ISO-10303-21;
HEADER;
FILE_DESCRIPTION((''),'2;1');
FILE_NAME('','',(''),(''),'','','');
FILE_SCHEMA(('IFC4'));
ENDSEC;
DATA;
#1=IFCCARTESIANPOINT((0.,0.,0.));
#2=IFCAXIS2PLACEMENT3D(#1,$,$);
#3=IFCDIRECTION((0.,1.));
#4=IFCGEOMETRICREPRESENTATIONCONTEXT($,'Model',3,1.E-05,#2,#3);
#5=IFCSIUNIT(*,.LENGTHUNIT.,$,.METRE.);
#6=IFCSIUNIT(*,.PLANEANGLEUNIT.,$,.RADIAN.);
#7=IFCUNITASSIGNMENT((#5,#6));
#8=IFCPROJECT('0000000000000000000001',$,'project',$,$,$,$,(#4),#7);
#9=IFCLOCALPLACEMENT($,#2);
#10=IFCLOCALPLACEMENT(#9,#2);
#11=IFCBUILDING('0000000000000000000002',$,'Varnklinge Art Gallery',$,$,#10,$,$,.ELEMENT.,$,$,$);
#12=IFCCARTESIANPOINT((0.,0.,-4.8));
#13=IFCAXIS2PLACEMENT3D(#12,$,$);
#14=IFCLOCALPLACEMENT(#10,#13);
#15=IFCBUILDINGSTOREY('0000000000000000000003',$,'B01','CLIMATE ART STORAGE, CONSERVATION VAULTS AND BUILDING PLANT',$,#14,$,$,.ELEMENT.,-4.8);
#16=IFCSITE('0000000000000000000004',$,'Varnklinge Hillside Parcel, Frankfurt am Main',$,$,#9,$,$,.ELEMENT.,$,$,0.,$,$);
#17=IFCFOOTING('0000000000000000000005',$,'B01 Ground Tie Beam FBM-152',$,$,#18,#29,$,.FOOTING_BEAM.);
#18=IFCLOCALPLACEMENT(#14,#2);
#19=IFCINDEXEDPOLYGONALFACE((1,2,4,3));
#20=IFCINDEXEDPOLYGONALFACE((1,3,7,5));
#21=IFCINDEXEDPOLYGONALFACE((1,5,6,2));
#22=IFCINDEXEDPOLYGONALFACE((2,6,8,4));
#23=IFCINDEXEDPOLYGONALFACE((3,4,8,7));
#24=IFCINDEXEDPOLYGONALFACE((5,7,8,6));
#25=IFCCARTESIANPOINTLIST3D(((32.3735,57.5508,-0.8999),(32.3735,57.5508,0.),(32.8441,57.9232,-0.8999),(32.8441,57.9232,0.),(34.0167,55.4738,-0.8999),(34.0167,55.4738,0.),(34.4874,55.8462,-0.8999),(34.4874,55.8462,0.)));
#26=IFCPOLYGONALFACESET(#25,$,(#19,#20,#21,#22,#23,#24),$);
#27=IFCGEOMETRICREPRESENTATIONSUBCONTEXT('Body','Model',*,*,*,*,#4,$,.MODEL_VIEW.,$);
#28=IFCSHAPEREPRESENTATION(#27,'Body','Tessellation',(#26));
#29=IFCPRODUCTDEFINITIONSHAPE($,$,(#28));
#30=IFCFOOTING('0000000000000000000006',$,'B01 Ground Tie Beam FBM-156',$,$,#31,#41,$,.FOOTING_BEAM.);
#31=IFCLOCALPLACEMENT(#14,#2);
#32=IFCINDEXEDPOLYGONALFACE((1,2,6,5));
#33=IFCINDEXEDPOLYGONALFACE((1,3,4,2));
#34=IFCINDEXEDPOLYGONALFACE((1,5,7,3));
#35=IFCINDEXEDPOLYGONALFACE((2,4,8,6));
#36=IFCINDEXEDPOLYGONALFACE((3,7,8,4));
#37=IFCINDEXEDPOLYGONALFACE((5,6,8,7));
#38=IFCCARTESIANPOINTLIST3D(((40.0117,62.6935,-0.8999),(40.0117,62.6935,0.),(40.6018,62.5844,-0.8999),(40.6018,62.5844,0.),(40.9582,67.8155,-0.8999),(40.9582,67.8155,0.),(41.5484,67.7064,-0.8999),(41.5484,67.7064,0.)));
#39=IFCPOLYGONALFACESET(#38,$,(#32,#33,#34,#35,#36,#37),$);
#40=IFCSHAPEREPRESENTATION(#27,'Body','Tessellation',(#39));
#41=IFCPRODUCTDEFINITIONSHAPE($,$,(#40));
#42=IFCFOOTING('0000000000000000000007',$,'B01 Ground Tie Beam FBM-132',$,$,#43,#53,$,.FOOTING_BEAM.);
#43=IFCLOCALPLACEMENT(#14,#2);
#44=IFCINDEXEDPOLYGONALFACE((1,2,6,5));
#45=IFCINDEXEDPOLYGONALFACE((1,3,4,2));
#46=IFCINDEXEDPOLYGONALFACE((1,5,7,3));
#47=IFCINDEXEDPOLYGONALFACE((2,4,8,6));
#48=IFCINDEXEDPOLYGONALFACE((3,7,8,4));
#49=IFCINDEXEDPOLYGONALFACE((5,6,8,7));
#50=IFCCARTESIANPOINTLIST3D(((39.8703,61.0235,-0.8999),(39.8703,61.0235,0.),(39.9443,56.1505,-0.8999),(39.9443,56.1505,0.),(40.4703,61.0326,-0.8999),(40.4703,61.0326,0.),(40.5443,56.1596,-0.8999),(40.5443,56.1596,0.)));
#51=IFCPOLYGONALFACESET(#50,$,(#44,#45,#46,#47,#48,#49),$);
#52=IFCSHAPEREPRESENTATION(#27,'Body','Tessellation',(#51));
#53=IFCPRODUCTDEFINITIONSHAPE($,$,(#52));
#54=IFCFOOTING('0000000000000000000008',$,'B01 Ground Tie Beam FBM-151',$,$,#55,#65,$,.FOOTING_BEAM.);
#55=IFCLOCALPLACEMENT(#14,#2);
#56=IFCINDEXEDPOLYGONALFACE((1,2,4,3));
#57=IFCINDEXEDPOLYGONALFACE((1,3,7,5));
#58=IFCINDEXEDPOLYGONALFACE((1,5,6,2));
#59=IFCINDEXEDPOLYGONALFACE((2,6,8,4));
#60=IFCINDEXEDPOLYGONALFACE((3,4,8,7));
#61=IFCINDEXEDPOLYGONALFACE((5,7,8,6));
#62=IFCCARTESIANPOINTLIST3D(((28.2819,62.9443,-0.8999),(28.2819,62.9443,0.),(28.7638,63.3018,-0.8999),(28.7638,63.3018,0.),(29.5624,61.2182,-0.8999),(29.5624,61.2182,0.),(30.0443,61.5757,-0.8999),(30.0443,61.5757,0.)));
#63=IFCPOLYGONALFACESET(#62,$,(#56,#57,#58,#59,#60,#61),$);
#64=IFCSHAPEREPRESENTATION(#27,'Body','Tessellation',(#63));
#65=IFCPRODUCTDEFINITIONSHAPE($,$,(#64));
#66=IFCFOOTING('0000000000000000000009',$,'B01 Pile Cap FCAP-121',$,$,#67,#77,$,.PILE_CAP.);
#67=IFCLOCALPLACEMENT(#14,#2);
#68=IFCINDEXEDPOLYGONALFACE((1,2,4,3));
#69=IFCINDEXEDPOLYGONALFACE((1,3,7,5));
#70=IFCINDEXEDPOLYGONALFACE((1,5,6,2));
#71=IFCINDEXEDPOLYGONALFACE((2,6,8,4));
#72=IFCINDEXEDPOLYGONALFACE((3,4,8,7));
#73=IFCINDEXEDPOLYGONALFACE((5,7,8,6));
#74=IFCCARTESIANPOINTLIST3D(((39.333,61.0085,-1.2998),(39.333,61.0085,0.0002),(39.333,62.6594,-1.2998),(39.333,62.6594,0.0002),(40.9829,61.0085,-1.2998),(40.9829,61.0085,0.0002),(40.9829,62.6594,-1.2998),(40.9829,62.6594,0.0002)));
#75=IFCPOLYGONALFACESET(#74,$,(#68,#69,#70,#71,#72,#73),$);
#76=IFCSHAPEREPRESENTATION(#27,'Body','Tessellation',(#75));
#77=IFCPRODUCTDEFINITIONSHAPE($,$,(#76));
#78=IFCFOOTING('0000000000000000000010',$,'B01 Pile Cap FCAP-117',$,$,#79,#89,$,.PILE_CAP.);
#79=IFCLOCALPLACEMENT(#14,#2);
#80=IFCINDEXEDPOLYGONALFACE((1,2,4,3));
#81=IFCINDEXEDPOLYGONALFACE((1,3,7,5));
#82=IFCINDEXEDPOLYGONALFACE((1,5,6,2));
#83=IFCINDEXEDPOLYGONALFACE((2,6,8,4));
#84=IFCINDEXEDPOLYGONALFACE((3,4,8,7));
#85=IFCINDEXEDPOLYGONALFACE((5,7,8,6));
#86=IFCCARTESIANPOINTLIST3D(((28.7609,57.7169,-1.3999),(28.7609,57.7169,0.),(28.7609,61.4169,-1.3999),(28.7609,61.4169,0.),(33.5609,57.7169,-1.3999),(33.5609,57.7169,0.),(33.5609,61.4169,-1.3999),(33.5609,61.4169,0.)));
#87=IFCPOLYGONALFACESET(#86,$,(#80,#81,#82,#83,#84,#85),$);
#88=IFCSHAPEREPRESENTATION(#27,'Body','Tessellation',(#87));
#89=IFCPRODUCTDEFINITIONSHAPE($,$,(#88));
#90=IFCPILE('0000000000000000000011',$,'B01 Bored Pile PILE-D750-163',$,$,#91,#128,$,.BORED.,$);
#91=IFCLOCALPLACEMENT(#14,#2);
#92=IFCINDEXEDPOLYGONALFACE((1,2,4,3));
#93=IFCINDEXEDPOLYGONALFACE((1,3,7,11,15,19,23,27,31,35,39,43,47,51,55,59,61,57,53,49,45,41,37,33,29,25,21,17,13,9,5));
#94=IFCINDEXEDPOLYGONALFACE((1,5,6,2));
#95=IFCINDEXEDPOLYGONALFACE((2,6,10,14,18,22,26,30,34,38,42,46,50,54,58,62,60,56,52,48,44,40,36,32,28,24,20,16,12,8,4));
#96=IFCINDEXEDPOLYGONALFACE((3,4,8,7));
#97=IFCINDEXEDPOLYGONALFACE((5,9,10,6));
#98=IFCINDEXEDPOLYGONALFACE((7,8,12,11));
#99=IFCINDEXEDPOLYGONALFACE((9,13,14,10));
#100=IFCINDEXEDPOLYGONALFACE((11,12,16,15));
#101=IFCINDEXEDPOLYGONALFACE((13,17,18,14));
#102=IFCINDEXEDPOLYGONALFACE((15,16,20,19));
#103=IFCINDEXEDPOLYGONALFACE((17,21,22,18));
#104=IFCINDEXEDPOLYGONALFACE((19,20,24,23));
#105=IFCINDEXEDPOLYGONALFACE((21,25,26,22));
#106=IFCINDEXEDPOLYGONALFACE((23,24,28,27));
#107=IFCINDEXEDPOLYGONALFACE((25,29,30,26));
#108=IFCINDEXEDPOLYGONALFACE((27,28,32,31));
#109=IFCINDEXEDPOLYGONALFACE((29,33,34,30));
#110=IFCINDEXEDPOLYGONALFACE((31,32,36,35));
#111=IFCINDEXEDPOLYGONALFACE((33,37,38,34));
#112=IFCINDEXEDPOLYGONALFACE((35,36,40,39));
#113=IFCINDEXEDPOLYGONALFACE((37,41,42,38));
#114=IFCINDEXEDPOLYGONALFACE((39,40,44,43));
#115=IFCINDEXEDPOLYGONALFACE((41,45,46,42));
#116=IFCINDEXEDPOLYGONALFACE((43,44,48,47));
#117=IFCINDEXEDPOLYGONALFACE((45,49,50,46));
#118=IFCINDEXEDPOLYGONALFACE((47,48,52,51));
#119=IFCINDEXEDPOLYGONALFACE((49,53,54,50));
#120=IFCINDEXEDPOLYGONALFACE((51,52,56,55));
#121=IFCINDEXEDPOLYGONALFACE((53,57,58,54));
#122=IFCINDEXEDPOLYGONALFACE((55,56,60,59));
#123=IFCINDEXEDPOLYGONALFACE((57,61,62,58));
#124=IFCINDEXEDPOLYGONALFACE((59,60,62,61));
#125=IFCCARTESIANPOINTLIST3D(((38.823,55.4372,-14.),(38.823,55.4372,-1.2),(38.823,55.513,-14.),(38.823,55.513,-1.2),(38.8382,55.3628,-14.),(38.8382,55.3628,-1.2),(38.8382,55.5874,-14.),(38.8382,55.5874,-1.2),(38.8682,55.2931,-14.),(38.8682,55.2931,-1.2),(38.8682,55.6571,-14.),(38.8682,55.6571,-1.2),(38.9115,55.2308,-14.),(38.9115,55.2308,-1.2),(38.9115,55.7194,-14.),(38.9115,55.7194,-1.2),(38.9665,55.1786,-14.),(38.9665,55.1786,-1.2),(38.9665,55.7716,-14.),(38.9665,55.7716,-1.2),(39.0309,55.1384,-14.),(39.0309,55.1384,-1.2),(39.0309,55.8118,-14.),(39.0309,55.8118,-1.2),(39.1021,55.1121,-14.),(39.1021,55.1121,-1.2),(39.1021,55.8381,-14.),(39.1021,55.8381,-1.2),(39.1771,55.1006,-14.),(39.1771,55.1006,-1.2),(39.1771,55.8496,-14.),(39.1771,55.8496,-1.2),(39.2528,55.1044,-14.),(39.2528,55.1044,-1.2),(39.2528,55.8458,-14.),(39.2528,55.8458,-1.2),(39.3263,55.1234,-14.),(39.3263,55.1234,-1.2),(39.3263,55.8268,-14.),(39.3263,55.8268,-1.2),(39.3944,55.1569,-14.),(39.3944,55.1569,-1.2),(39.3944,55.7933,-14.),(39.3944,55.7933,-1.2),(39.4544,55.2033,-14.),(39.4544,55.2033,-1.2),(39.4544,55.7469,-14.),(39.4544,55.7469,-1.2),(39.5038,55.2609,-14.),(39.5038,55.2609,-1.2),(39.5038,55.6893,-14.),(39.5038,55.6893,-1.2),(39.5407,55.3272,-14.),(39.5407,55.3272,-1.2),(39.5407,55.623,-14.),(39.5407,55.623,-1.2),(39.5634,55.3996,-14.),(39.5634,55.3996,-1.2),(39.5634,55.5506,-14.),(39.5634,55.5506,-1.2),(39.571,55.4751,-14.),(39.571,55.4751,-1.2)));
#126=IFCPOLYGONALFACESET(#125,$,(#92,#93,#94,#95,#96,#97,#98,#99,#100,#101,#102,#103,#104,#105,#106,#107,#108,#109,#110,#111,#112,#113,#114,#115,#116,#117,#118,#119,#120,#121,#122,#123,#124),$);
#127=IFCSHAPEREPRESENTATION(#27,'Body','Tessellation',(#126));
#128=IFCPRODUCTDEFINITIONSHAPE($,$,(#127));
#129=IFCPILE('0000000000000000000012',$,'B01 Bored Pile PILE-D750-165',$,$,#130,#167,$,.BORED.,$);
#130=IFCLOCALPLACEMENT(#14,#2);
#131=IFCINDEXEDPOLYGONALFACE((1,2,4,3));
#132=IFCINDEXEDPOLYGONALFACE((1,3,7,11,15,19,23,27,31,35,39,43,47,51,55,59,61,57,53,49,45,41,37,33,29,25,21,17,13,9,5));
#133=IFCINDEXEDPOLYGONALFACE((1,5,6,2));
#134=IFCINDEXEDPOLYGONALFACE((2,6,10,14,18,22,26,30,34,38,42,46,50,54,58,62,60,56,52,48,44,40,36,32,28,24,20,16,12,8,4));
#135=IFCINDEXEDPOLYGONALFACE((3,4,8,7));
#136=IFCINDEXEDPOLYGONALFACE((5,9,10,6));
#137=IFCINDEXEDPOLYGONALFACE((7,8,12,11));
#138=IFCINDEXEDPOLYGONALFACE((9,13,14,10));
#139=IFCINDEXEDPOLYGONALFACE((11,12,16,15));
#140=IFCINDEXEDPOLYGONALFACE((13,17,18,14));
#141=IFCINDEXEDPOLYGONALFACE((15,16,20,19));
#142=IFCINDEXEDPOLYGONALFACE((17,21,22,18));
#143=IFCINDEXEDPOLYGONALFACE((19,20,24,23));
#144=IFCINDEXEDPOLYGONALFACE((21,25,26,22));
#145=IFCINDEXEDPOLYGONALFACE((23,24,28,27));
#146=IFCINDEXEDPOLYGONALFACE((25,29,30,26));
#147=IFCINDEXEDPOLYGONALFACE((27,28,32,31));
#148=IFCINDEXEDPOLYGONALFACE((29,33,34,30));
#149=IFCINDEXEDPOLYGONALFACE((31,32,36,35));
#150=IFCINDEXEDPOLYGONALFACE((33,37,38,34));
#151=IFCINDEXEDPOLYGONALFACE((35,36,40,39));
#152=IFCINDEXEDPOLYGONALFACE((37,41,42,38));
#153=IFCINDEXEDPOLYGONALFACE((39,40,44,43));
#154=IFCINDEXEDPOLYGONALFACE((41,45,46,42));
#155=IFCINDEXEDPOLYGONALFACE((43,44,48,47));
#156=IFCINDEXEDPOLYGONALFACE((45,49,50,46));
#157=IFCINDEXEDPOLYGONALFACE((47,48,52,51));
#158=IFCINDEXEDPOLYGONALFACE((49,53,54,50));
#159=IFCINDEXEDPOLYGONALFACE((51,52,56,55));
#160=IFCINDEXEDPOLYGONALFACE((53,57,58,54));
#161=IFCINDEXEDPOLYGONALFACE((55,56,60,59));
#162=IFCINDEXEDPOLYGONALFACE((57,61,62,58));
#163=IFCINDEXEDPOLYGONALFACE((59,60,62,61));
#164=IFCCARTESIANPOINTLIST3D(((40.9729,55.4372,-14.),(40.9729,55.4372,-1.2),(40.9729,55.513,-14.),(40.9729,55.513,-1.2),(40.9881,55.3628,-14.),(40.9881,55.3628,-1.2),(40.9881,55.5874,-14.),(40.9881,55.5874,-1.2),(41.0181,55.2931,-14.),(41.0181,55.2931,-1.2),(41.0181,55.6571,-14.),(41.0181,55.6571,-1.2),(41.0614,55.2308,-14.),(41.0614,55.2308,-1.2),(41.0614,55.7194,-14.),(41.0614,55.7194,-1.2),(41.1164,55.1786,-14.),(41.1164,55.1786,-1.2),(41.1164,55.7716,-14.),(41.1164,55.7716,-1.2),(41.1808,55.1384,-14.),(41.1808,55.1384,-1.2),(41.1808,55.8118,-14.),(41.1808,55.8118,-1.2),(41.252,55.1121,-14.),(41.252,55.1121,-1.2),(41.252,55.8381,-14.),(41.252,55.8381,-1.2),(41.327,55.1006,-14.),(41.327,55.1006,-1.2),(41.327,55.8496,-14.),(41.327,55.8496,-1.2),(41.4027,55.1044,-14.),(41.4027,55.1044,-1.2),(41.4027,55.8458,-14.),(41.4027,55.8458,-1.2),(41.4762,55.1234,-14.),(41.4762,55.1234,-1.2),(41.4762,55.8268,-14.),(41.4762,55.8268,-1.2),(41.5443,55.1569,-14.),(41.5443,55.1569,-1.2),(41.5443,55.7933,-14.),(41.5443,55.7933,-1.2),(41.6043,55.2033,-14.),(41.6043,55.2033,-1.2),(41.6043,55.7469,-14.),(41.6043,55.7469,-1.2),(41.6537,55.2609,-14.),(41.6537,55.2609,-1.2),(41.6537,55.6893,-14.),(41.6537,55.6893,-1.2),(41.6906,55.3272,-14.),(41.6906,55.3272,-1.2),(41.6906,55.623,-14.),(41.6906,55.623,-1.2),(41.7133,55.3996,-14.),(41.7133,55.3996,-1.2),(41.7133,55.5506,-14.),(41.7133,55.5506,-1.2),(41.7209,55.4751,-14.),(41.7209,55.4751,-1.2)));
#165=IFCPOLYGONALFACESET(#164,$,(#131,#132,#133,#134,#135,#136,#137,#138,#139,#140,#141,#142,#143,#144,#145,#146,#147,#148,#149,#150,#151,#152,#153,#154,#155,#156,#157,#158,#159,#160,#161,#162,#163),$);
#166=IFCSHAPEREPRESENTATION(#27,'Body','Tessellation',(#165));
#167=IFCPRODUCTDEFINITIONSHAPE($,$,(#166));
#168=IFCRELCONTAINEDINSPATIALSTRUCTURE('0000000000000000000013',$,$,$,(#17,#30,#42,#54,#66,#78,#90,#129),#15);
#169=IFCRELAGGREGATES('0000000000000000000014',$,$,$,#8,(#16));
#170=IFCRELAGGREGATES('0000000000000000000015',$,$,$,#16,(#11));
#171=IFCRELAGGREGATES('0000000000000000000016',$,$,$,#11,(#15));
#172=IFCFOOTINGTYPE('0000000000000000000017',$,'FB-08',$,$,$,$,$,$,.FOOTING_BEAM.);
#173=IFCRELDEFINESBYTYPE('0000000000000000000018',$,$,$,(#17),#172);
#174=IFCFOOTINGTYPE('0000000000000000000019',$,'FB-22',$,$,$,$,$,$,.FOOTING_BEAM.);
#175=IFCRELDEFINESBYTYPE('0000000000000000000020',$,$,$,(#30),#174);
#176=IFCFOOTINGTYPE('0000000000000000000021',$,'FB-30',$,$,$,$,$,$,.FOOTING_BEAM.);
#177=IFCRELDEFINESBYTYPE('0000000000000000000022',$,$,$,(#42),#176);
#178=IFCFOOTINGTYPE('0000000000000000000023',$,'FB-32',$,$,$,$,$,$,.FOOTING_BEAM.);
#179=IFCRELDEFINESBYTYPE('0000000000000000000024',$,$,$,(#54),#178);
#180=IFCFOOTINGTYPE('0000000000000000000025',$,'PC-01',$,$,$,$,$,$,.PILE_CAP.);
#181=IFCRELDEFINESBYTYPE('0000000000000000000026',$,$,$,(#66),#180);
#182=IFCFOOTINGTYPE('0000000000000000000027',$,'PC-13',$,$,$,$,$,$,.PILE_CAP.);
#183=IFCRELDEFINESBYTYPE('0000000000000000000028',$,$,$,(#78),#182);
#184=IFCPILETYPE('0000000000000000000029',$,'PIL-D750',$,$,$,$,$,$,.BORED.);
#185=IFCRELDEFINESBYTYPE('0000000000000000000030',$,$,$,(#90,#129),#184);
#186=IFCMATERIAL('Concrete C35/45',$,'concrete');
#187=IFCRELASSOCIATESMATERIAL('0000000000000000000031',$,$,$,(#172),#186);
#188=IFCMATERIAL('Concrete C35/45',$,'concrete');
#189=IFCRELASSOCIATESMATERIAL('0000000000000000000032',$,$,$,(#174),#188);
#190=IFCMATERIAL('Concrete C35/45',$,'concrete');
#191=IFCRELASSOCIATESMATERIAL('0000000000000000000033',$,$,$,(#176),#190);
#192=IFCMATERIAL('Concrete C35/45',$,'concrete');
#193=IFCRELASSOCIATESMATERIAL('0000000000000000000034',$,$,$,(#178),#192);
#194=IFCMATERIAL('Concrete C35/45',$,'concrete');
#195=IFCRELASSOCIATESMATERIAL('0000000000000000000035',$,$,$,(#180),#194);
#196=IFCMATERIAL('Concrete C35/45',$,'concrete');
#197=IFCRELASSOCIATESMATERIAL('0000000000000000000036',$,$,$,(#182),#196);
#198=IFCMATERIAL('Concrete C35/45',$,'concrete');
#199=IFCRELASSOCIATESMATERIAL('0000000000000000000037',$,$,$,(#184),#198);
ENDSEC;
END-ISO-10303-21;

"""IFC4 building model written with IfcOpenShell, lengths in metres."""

from ifc_helpers import new_model, si_unit, direction, frame, origin, origin_2d, place, context, subcontext, project, spatial, rectangle, circle, extrude, material, material_profile, profile_set, type_object, element, save


model = new_model("IFC4")

# Units and contexts
model_context = context("Model", 3, precision=1e-05, world=origin(), true_north=direction((0.0, 1.0)))
body_context = subcontext(model_context, "Body", "Model", "MODEL_VIEW")
ifc_project = project(units=[si_unit("LENGTHUNIT", "METRE"), si_unit("PLANEANGLEUNIT", "RADIAN")], contexts=[model_context])

# Site, building, storey
site_placement = place(None, origin())
site = spatial("IfcSite", under=ifc_project, at=site_placement, Name="Varnklinge Hillside Parcel, Frankfurt am Main", CompositionType="ELEMENT", RefElevation=0.0)
building_placement = place(site_placement, origin())
building = spatial("IfcBuilding", under=site, at=building_placement, Name="Varnklinge Art Gallery", CompositionType="ELEMENT")
storey_placement = place(building_placement, frame((0.0, 0.0, -4.8)))
storey = spatial("IfcBuildingStorey", under=building, at=storey_placement, Name="B01", Description="CLIMATE ART STORAGE, CONSERVATION VAULTS AND BUILDING PLANT", CompositionType="ELEMENT", Elevation=-4.8)

# Footings
ifc_material_1 = material(Name="Concrete C35/45", Category="concrete")
footing_type_1 = type_object("IfcFootingType", Name="FB-08", PredefinedType="FOOTING_BEAM", material=ifc_material_1)
footing_1_placement = place(storey_placement, frame((33.4304, 56.6985, -0.8999), z_axis=(0.0, 0.0, 1.0), x_axis=(0.620464, -0.784235, 0.0)))
element("IfcFooting", 1, at=footing_1_placement, inside=storey, type_object=footing_type_1, Name="B01 Ground Tie Beam FBM-152", PredefinedType="FOOTING_BEAM", context=body_context, shape_type="SweptSolid", body=[
    extrude(rectangle(XDim=2.6484, YDim=0.6001, at=origin_2d()), origin(), (0.0, 0.0, 1.0), 0.8999),
])
ifc_material_2 = material(Name="Concrete C35/45", Category="concrete")
footing_type_2 = type_object("IfcFootingType", Name="FB-22", PredefinedType="FOOTING_BEAM", material=ifc_material_2)
footing_2_placement = place(storey_placement, frame((40.78, 65.2, -0.8999), z_axis=(0.0, 0.0, 1.0), x_axis=(0.181721, 0.98335, 0.0)))
element("IfcFooting", 2, at=footing_2_placement, inside=storey, type_object=footing_type_2, Name="B01 Ground Tie Beam FBM-156", PredefinedType="FOOTING_BEAM", context=body_context, shape_type="SweptSolid", body=[
    extrude(rectangle(XDim=5.2087, YDim=0.6001, at=origin_2d()), origin(), (0.0, 0.0, 1.0), 0.8999),
])
ifc_material_3 = material(Name="Concrete C35/45", Category="concrete")
footing_type_3 = type_object("IfcFootingType", Name="FB-30", PredefinedType="FOOTING_BEAM", material=ifc_material_3)
footing_3_placement = place(storey_placement, frame((40.2073, 58.5916, -0.8999), z_axis=(0.0, 0.0, 1.0), x_axis=(-0.015184, 0.999885, 0.0)))
element("IfcFooting", 3, at=footing_3_placement, inside=storey, type_object=footing_type_3, Name="B01 Ground Tie Beam FBM-132", PredefinedType="FOOTING_BEAM", context=body_context, shape_type="SweptSolid", body=[
    extrude(rectangle(XDim=4.8735, YDim=0.6001, at=origin_2d()), origin(), (0.0, 0.0, 1.0), 0.8999),
])
ifc_material_4 = material(Name="Concrete C35/45", Category="concrete")
footing_type_4 = type_object("IfcFootingType", Name="FB-32", PredefinedType="FOOTING_BEAM", material=ifc_material_4)
footing_4_placement = place(storey_placement, frame((29.1631, 62.26, -0.8999), z_axis=(0.0, 0.0, 1.0), x_axis=(-0.595804, 0.80313, 0.0)))
element("IfcFooting", 4, at=footing_4_placement, inside=storey, type_object=footing_type_4, Name="B01 Ground Tie Beam FBM-151", PredefinedType="FOOTING_BEAM", context=body_context, shape_type="SweptSolid", body=[
    extrude(rectangle(XDim=2.1492, YDim=0.6001, at=origin_2d()), origin(), (0.0, 0.0, 1.0), 0.8999),
])
ifc_material_5 = material(Name="Concrete C35/45", Category="concrete")
footing_type_5 = type_object("IfcFootingType", Name="PC-01", PredefinedType="PILE_CAP", material=ifc_material_5)
footing_5_placement = place(storey_placement, frame((40.158, 61.834, -1.2998), z_axis=(0.0, 0.0, 1.0), x_axis=(1.0, 0.0, 0.0)))
element("IfcFooting", 5, at=footing_5_placement, inside=storey, type_object=footing_type_5, Name="B01 Pile Cap FCAP-121", PredefinedType="PILE_CAP", context=body_context, shape_type="SweptSolid", body=[
    extrude(rectangle(XDim=1.6499, YDim=1.6509, at=origin_2d()), origin(), (0.0, 0.0, 1.0), 1.3),
])
ifc_material_6 = material(Name="Concrete C35/45", Category="concrete")
footing_type_6 = type_object("IfcFootingType", Name="PC-13", PredefinedType="PILE_CAP", material=ifc_material_6)
footing_6_placement = place(storey_placement, frame((31.1609, 59.5669, -1.3999), z_axis=(0.0, 0.0, 1.0), x_axis=(1.0, 0.0, 0.0)))
element("IfcFooting", 6, at=footing_6_placement, inside=storey, type_object=footing_type_6, Name="B01 Pile Cap FCAP-117", PredefinedType="PILE_CAP", context=body_context, shape_type="SweptSolid", body=[
    extrude(rectangle(XDim=4.8, YDim=3.7, at=origin_2d()), origin(), (0.0, 0.0, 1.0), 1.3999),
])

# Piles
ifc_material_7 = material(Name="Concrete C35/45", Category="concrete")
ifc_material_profile_1 = material_profile(ifc_material_7, circle(Radius=0.375, at=origin_2d()), Name="PILE D750")
ifc_profile_set_1 = profile_set([ifc_material_profile_1], Name="Concrete C35/45")
pile_type_1 = type_object("IfcPileType", Name="PIL-D750", PredefinedType="BORED", material=ifc_profile_set_1)
for number, where, z_axis, x_axis, name in (
    (7, (39.196, 55.4751, -1.2), (0.0, 0.0, -1.0), (1.0, 0.0, 0.0), "B01 Bored Pile PILE-D750-163"),
    (8, (41.3459, 55.4751, -1.2), (0.0, 0.0, -1.0), (1.0, 0.0, 0.0), "B01 Bored Pile PILE-D750-165"),
):
    element("IfcPile", number, at=place(storey_placement, frame(where, z_axis=z_axis, x_axis=x_axis)), inside=storey, type_object=pile_type_1, Name=name, PredefinedType="BORED", context=body_context, shape_type="SweptSolid", body=[
        extrude(circle(Radius=0.375, at=origin_2d()), origin(), (0.0, 0.0, 1.0), 12.8),
    ])

save(model, "model.ifc")
